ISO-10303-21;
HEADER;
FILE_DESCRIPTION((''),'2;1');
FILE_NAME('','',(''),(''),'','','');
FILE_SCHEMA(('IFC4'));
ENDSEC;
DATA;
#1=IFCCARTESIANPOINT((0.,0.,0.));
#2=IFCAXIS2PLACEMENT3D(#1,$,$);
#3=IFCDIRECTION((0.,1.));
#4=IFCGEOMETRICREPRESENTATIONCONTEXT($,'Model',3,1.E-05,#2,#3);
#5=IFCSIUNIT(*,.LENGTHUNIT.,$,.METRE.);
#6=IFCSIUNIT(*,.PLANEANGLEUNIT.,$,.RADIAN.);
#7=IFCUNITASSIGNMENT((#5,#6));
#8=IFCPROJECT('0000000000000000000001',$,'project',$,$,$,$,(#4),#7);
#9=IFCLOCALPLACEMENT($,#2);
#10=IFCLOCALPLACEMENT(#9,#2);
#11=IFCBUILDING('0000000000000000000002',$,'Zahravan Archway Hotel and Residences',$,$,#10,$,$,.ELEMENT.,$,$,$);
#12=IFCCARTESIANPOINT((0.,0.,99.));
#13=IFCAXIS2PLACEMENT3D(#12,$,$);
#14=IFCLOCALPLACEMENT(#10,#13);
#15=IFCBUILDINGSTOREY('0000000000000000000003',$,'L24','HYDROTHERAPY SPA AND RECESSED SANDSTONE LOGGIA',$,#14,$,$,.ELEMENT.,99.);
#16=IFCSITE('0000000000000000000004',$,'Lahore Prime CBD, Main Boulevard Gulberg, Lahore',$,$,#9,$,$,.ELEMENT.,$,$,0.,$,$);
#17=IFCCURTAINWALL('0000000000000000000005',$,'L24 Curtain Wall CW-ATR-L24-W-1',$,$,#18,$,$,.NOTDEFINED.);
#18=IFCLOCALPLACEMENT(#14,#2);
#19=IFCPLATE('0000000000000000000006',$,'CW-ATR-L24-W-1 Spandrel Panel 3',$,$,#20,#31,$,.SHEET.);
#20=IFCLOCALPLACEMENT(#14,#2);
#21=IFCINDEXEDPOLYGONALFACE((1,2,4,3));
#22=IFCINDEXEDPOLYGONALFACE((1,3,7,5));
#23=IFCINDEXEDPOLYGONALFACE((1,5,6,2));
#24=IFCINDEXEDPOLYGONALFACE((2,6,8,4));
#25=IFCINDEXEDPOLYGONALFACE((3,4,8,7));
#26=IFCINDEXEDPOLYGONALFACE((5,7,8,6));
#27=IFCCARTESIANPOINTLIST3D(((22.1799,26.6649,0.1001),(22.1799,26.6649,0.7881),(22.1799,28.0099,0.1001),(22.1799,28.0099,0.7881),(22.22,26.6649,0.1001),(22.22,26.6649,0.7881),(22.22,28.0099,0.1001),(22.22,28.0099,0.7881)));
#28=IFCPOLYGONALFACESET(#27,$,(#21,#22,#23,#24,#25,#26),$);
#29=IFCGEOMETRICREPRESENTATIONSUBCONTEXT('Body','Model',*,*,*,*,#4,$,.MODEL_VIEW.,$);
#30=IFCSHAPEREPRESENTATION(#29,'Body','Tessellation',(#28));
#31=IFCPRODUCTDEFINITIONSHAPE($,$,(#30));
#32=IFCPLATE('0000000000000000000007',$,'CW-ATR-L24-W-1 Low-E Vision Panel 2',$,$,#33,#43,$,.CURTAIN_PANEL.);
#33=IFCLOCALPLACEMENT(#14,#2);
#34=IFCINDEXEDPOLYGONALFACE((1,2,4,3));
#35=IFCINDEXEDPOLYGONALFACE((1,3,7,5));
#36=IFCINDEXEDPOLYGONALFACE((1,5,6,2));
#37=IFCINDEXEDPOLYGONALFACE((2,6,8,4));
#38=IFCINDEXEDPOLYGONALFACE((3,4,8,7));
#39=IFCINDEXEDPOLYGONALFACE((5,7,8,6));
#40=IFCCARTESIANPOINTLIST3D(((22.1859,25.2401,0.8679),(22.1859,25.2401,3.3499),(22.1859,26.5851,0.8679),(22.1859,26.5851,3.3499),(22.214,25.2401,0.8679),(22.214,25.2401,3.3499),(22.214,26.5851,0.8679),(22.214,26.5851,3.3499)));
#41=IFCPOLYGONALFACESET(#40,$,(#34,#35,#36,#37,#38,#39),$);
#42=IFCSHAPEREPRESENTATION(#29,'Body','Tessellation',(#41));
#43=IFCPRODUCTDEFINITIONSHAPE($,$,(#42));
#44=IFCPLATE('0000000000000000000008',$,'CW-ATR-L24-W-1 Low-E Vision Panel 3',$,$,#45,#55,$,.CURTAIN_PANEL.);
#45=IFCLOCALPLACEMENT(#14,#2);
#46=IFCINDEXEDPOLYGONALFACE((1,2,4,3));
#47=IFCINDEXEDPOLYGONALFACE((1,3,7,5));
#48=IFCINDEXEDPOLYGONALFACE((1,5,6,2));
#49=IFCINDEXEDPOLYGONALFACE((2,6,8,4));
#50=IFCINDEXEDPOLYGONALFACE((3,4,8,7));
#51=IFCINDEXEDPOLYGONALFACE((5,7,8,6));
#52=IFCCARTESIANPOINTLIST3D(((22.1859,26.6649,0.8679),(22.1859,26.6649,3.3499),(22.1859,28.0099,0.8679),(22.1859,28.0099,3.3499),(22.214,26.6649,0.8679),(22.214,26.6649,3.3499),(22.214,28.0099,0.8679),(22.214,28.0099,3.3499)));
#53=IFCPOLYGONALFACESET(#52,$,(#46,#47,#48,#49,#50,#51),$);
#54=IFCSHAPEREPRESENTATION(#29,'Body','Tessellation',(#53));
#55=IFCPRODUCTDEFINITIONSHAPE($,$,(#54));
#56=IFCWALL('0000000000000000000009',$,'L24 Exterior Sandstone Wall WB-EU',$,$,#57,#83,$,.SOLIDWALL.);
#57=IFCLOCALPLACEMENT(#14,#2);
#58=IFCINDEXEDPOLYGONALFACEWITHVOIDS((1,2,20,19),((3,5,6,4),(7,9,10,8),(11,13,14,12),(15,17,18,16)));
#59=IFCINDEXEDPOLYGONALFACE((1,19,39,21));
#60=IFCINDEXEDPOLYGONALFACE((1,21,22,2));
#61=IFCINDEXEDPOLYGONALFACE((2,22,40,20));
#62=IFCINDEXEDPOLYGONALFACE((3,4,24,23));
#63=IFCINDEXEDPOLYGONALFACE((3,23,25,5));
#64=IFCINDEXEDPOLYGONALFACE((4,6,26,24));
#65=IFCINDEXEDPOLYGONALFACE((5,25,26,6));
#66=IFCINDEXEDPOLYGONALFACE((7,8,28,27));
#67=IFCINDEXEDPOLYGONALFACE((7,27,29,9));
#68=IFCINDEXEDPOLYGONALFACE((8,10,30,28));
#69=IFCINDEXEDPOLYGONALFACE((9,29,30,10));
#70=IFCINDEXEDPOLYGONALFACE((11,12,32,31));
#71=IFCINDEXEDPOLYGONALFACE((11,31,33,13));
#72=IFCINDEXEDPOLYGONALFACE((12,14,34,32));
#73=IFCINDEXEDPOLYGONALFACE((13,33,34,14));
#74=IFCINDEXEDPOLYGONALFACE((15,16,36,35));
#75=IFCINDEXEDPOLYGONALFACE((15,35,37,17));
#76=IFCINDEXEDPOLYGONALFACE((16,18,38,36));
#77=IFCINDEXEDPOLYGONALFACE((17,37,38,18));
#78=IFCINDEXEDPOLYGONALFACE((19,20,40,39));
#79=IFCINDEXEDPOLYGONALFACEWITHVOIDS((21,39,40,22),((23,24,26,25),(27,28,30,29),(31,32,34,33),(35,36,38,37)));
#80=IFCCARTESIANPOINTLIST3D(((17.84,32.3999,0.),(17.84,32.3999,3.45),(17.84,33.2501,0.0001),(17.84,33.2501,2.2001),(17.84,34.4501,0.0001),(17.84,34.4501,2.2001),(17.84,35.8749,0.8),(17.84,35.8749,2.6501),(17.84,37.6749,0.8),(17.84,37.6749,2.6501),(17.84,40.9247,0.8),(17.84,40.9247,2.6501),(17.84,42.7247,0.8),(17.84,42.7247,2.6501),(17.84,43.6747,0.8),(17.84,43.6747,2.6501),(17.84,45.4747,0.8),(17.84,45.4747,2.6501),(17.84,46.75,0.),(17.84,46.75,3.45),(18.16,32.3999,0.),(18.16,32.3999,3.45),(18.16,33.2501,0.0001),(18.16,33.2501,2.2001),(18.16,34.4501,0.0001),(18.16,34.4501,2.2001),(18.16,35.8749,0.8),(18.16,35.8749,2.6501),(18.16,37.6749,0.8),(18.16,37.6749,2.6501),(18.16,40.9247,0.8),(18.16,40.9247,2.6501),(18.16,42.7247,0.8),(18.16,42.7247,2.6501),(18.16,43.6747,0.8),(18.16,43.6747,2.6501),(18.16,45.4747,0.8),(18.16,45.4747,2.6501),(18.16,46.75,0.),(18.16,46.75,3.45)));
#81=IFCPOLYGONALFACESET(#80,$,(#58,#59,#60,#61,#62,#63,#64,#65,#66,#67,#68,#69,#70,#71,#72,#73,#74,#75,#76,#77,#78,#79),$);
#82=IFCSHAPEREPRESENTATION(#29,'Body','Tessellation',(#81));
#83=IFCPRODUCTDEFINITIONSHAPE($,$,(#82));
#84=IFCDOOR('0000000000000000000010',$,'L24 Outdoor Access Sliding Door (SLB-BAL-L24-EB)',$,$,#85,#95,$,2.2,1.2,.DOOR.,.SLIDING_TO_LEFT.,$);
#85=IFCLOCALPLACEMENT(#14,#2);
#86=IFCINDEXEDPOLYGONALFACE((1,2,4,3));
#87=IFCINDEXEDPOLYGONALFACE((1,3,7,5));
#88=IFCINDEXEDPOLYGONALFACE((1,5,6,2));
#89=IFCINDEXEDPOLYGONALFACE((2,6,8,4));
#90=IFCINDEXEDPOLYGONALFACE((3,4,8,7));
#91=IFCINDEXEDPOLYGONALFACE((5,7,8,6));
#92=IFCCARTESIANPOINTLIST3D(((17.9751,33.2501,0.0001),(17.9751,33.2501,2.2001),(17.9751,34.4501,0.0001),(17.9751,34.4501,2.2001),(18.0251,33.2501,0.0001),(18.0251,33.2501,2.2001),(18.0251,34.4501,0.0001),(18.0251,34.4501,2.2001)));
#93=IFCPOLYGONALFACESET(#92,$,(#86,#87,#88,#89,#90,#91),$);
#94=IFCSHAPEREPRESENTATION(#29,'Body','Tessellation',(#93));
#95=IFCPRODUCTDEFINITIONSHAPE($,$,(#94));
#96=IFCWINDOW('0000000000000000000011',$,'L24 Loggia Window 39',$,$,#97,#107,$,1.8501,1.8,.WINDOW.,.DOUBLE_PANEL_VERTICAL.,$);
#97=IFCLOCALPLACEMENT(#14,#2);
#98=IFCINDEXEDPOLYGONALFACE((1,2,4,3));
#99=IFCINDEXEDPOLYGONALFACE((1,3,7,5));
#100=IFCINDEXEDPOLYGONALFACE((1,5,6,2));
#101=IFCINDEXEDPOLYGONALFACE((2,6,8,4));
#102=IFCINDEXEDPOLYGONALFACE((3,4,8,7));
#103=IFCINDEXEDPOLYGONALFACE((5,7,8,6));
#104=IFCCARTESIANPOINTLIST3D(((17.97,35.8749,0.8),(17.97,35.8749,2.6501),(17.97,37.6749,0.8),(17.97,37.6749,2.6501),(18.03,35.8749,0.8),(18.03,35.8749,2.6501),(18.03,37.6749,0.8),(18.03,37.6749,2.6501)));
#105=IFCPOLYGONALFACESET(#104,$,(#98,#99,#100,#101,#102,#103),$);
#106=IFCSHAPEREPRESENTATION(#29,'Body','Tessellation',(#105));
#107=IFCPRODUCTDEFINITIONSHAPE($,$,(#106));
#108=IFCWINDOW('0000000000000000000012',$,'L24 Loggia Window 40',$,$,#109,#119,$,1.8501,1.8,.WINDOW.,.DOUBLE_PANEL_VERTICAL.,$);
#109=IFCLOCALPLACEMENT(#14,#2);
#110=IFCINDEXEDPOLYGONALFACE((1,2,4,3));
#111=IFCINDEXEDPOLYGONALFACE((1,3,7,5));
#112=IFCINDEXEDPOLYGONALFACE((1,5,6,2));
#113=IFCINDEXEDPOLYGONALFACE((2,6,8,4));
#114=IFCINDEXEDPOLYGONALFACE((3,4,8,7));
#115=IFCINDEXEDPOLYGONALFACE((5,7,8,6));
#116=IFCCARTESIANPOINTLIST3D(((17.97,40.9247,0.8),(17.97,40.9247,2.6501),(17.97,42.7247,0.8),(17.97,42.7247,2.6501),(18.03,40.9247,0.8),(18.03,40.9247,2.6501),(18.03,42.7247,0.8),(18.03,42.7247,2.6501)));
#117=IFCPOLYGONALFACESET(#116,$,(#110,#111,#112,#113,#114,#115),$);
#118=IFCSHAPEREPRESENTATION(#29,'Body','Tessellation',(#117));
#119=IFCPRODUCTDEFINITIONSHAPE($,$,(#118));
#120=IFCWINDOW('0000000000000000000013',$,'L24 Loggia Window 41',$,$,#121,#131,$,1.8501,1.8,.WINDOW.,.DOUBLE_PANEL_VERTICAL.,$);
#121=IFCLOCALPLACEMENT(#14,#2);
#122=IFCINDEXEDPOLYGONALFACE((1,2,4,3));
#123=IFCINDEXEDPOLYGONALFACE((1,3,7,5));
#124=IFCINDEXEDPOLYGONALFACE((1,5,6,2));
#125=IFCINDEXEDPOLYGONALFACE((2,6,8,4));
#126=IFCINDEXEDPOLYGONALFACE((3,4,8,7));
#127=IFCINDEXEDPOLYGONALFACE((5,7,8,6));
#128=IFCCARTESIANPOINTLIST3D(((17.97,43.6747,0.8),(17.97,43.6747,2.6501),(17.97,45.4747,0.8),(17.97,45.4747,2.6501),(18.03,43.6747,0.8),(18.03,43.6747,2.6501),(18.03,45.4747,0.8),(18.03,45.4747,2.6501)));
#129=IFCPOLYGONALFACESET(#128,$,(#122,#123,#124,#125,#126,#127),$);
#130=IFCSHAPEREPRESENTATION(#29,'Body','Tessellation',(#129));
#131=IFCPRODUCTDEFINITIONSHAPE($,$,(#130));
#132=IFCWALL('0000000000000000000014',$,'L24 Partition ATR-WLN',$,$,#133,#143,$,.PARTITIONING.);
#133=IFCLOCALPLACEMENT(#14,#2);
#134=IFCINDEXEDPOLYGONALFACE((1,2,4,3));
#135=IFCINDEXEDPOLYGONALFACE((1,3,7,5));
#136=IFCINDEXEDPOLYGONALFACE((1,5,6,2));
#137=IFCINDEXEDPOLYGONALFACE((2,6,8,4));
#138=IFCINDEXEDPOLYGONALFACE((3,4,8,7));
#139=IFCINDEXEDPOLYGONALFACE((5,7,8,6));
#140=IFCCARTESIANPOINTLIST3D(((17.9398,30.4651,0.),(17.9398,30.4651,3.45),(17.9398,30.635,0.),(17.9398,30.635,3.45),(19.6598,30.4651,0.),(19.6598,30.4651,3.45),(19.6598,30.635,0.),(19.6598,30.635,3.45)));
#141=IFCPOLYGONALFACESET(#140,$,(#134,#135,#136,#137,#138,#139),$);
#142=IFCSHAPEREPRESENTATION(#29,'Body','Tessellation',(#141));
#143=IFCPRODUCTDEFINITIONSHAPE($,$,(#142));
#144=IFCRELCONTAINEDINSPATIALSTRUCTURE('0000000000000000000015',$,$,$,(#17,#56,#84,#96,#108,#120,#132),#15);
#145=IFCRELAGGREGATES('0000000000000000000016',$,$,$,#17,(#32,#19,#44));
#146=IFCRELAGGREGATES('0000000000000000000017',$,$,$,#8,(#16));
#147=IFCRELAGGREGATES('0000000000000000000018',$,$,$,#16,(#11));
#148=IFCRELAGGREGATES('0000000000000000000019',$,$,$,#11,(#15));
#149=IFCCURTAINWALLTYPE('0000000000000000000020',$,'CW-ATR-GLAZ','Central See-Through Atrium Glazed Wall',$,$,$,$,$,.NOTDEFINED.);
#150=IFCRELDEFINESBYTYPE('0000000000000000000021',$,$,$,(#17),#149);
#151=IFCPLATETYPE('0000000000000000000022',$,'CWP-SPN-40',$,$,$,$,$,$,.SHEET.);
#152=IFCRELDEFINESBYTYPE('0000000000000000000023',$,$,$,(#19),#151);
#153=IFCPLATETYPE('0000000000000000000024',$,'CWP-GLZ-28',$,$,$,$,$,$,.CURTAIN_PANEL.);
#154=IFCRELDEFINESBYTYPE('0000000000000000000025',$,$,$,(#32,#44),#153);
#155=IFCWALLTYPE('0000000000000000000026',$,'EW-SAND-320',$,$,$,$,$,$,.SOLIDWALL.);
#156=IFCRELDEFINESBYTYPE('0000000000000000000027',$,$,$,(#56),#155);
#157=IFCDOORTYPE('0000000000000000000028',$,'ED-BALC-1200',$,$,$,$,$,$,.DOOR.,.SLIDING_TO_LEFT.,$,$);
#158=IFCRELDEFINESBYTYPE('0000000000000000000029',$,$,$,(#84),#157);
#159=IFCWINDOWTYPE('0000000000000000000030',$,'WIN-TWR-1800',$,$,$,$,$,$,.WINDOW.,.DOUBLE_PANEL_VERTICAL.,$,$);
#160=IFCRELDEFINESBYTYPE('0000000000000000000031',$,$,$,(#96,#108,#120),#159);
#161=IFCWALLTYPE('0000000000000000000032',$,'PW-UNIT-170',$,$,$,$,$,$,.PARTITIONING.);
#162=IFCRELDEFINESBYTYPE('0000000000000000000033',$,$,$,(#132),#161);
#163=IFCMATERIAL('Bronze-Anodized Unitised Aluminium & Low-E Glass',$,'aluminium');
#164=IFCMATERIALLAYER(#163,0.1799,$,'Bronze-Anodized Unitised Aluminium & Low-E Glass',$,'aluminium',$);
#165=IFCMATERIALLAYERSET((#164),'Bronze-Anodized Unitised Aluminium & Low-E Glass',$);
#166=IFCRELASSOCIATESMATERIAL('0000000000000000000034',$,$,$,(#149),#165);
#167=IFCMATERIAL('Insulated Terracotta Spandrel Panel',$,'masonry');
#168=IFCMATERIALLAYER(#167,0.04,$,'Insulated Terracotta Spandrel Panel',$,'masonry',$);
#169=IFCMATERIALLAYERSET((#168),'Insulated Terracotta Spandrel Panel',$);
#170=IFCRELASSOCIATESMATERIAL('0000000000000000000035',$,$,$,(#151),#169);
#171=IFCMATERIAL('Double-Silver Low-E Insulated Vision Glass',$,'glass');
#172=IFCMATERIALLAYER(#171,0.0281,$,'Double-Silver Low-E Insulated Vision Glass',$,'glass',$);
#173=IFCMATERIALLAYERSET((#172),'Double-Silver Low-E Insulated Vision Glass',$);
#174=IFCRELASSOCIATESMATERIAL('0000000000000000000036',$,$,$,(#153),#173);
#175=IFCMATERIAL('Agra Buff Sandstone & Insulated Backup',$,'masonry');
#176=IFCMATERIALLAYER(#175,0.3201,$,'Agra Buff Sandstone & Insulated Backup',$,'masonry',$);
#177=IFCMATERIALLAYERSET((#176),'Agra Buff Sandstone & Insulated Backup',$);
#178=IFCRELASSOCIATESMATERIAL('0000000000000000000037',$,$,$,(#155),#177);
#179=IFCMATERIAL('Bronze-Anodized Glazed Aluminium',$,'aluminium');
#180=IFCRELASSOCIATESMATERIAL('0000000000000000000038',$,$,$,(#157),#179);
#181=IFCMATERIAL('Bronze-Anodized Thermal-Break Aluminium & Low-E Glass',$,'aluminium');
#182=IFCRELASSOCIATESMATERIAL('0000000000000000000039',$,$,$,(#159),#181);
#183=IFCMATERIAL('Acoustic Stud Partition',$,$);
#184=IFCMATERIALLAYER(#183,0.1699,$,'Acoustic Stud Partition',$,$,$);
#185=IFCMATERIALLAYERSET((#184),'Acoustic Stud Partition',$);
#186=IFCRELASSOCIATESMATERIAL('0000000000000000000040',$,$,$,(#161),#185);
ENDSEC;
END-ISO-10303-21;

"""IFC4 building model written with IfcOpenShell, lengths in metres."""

from ifc_helpers import new_model, si_unit, direction, frame, frame_2d, origin, origin_2d, place, context, subcontext, project, spatial, rectangle, extrude, source, transform, mapped, material, layer, layer_set, type_object, type_shapes, element, fill, aggregate, save


model = new_model("IFC4")

# Units and contexts
model_context = context("Model", 3, precision=1e-05, world=origin(), true_north=direction((0.0, 1.0)))
body_context = subcontext(model_context, "Body", "Model", "MODEL_VIEW")
ifc_project = project(units=[si_unit("LENGTHUNIT", "METRE"), si_unit("PLANEANGLEUNIT", "RADIAN")], contexts=[model_context])

# Site, building, storey
site_placement = place(None, origin())
site = spatial("IfcSite", under=ifc_project, at=site_placement, Name="Lahore Prime CBD, Main Boulevard Gulberg, Lahore", CompositionType="ELEMENT", RefElevation=0.0)
building_placement = place(site_placement, origin())
building = spatial("IfcBuilding", under=site, at=building_placement, Name="Zahravan Archway Hotel and Residences", CompositionType="ELEMENT")
storey_placement = place(building_placement, frame((0.0, 0.0, 99.0)))
storey = spatial("IfcBuildingStorey", under=building, at=storey_placement, Name="L24", Description="HYDROTHERAPY SPA AND RECESSED SANDSTONE LOGGIA", CompositionType="ELEMENT", Elevation=99.0)

# Curtain wall
ifc_material_1 = material(Name="Bronze-Anodized Unitised Aluminium & Low-E Glass", Category="aluminium")
ifc_layer_1 = layer(ifc_material_1, 0.1799, Name="Bronze-Anodized Unitised Aluminium & Low-E Glass", Category="aluminium")
ifc_layer_set_1 = layer_set([ifc_layer_1], Name="Bronze-Anodized Unitised Aluminium & Low-E Glass")
curtain_wall_type_1 = type_object("IfcCurtainWallType", Name="CW-ATR-GLAZ", Description="Central See-Through Atrium Glazed Wall", PredefinedType="NOTDEFINED", material=ifc_layer_set_1)
curtain_wall_1_placement = place(storey_placement, origin())
curtain_wall_1 = element("IfcCurtainWall", 1, at=curtain_wall_1_placement, inside=storey, type_object=curtain_wall_type_1, Name="L24 Curtain Wall CW-ATR-L24-W-1", PredefinedType="NOTDEFINED")

# Plates
ifc_material_2 = material(Name="Insulated Terracotta Spandrel Panel", Category="masonry")
ifc_layer_2 = layer(ifc_material_2, 0.04, Name="Insulated Terracotta Spandrel Panel", Category="masonry")
ifc_layer_set_2 = layer_set([ifc_layer_2], Name="Insulated Terracotta Spandrel Panel")
plate_type_1 = type_object("IfcPlateType", Name="CWP-SPN-40", PredefinedType="SHEET", material=ifc_layer_set_2)
ifc_material_3 = material(Name="Double-Silver Low-E Insulated Vision Glass", Category="glass")
ifc_layer_3 = layer(ifc_material_3, 0.0281, Name="Double-Silver Low-E Insulated Vision Glass", Category="glass")
ifc_layer_set_3 = layer_set([ifc_layer_3], Name="Double-Silver Low-E Insulated Vision Glass")
plate_type_2 = type_object("IfcPlateType", Name="CWP-GLZ-28", PredefinedType="CURTAIN_PANEL", material=ifc_layer_set_3)
shared_shape_1 = source(origin(), body_context, "Body", "SweptSolid", [
    extrude(rectangle(XDim=1.345, YDim=0.04, at=origin_2d()), origin(), (0.0, 0.0, 1.0), 0.688),
])
plate_1_placement = place(storey_placement, frame((22.2, 27.3374, 0.1001), z_axis=(0.0, 0.0, 1.0), x_axis=(0.0, 1.0, 0.0)))
plate_1 = element("IfcPlate", 2, at=plate_1_placement, type_object=plate_type_1, Name="CW-ATR-L24-W-1 Spandrel Panel 3", PredefinedType="SHEET", context=body_context, shape_type="MappedRepresentation", body=[
    mapped(shared_shape_1, transform((0.0, 0.0, 0.0), scale=1.0)),
])
shared_shape_2 = source(origin(), body_context, "Body", "SweptSolid", [
    extrude(rectangle(XDim=1.345, YDim=0.0281, at=origin_2d()), origin(), (0.0, 0.0, 1.0), 2.4819),
])
plate_2_placement = place(storey_placement, frame((22.2, 25.9126, 0.8679), z_axis=(0.0, 0.0, 1.0), x_axis=(0.0, 1.0, 0.0)))
plate_2 = element("IfcPlate", 3, at=plate_2_placement, type_object=plate_type_2, Name="CW-ATR-L24-W-1 Low-E Vision Panel 2", PredefinedType="CURTAIN_PANEL", context=body_context, shape_type="MappedRepresentation", body=[
    mapped(shared_shape_2, transform((0.0, 0.0, 0.0), scale=1.0)),
])
plate_3_placement = place(storey_placement, frame((22.2, 27.3374, 0.8679), z_axis=(0.0, 0.0, 1.0), x_axis=(0.0, 1.0, 0.0)))
plate_3 = element("IfcPlate", 4, at=plate_3_placement, type_object=plate_type_2, Name="CW-ATR-L24-W-1 Low-E Vision Panel 3", PredefinedType="CURTAIN_PANEL", context=body_context, shape_type="MappedRepresentation", body=[
    mapped(shared_shape_2, transform((0.0, 0.0, 0.0), scale=1.0)),
])
aggregate(curtain_wall_1, [plate_2, plate_1, plate_3])

# Wall, openings, door, windows
ifc_material_4 = material(Name="Agra Buff Sandstone & Insulated Backup", Category="masonry")
ifc_layer_4 = layer(ifc_material_4, 0.3201, Name="Agra Buff Sandstone & Insulated Backup", Category="masonry")
ifc_layer_set_4 = layer_set([ifc_layer_4], Name="Agra Buff Sandstone & Insulated Backup")
wall_type_1 = type_object("IfcWallType", Name="EW-SAND-320", PredefinedType="SOLIDWALL", material=ifc_layer_set_4)
wall_1_placement = place(storey_placement, frame((18.0, 32.3999, 0.0), z_axis=(0.0, 0.0, 1.0), x_axis=(0.0, 1.0, 0.0)))
wall_1 = element("IfcWall", 5, at=wall_1_placement, inside=storey, type_object=wall_type_1, Name="L24 Exterior Sandstone Wall WB-EU", PredefinedType="SOLIDWALL", context=body_context, shape_type="SweptSolid", body=[
    extrude(rectangle(XDim=14.3501, YDim=0.3201, at=frame_2d((7.175, 0.0))), origin(), (0.0, 0.0, 1.0), 3.45),
])
opening_1_placement = place(wall_1_placement, frame((0.8501, 0.0, 0.0)))
opening_1 = element("IfcOpeningElement", 6, at=opening_1_placement, cuts=wall_1, PredefinedType="OPENING", context=body_context, shape_type="SweptSolid", body=[
    extrude(rectangle(XDim=1.2, YDim=2.2, at=frame_2d((0.6001, 1.1001))), frame((0.0, 0.1699, 0.0), z_axis=(0.0, -1.0, 0.0), x_axis=(1.0, 0.0, 0.0)), (0.0, 0.0, 1.0), 0.3401),
])
opening_2_placement = place(wall_1_placement, frame((3.4751, 0.0, 0.8)))
opening_2 = element("IfcOpeningElement", 7, at=opening_2_placement, cuts=wall_1, PredefinedType="OPENING", context=body_context, shape_type="SweptSolid", body=[
    extrude(rectangle(XDim=1.8, YDim=1.8501, at=frame_2d((0.8999, 0.925))), frame((0.0, 0.1699, 0.0), z_axis=(0.0, -1.0, 0.0), x_axis=(1.0, 0.0, 0.0)), (0.0, 0.0, 1.0), 0.3401),
])
opening_3_placement = place(wall_1_placement, frame((8.5249, 0.0, 0.8)))
opening_3 = element("IfcOpeningElement", 8, at=opening_3_placement, cuts=wall_1, PredefinedType="OPENING", context=body_context, shape_type="SweptSolid", body=[
    extrude(rectangle(XDim=1.8, YDim=1.8501, at=frame_2d((0.8999, 0.925))), frame((0.0, 0.1699, 0.0), z_axis=(0.0, -1.0, 0.0), x_axis=(1.0, 0.0, 0.0)), (0.0, 0.0, 1.0), 0.3401),
])
opening_4_placement = place(wall_1_placement, frame((11.2749, 0.0, 0.8)))
opening_4 = element("IfcOpeningElement", 9, at=opening_4_placement, cuts=wall_1, PredefinedType="OPENING", context=body_context, shape_type="SweptSolid", body=[
    extrude(rectangle(XDim=1.8, YDim=1.8501, at=frame_2d((0.8999, 0.925))), frame((0.0, 0.1699, 0.0), z_axis=(0.0, -1.0, 0.0), x_axis=(1.0, 0.0, 0.0)), (0.0, 0.0, 1.0), 0.3401),
])
ifc_material_5 = material(Name="Bronze-Anodized Glazed Aluminium", Category="aluminium")
door_type = type_object("IfcDoorType", Name="ED-BALC-1200", OperationType="SLIDING_TO_LEFT", PredefinedType="DOOR", material=ifc_material_5)
shared_shape_3 = source(origin(), body_context, "Body", "SweptSolid", [
    extrude(rectangle(XDim=1.2, YDim=2.2, at=frame_2d((0.6001, 1.1001))), frame((0.0, 0.0249, 0.0), z_axis=(0.0, -1.0, 0.0), x_axis=(1.0, 0.0, 0.0)), (0.0, 0.0, 1.0), 0.05),
])
type_shapes(door_type, [shared_shape_3])
door_placement = place(opening_1_placement, origin())
door = element("IfcDoor", 10, at=door_placement, inside=storey, type_object=door_type, Name="L24 Outdoor Access Sliding Door (SLB-BAL-L24-EB)", OperationType="SLIDING_TO_LEFT", OverallHeight=2.2, OverallWidth=1.2, PredefinedType="DOOR", context=body_context, shape_type="MappedRepresentation", body=[
    mapped(shared_shape_3, transform((0.0, 0.0, 0.0), scale=1.0)),
])
fill(opening_1, door)
ifc_material_6 = material(Name="Bronze-Anodized Thermal-Break Aluminium & Low-E Glass", Category="aluminium")
window_type = type_object("IfcWindowType", Name="WIN-TWR-1800", PartitioningType="DOUBLE_PANEL_VERTICAL", PredefinedType="WINDOW", material=ifc_material_6)
shared_shape_4 = source(origin(), body_context, "Body", "SweptSolid", [
    extrude(rectangle(XDim=1.8, YDim=1.8501, at=frame_2d((0.8999, 0.925))), frame((0.0, 0.03, 0.0), z_axis=(0.0, -1.0, 0.0), x_axis=(1.0, 0.0, 0.0)), (0.0, 0.0, 1.0), 0.0601),
])
type_shapes(window_type, [shared_shape_4])
window_1_placement = place(opening_2_placement, origin())
window_1 = element("IfcWindow", 11, at=window_1_placement, inside=storey, type_object=window_type, Name="L24 Loggia Window 39", OverallHeight=1.8501, OverallWidth=1.8, PartitioningType="DOUBLE_PANEL_VERTICAL", PredefinedType="WINDOW", context=body_context, shape_type="MappedRepresentation", body=[
    mapped(shared_shape_4, transform((0.0, 0.0, 0.0), scale=1.0)),
])
fill(opening_2, window_1)
window_2_placement = place(opening_3_placement, origin())
window_2 = element("IfcWindow", 12, at=window_2_placement, inside=storey, type_object=window_type, Name="L24 Loggia Window 40", OverallHeight=1.8501, OverallWidth=1.8, PartitioningType="DOUBLE_PANEL_VERTICAL", PredefinedType="WINDOW", context=body_context, shape_type="MappedRepresentation", body=[
    mapped(shared_shape_4, transform((0.0, 0.0, 0.0), scale=1.0)),
])
fill(opening_3, window_2)
window_3_placement = place(opening_4_placement, origin())
window_3 = element("IfcWindow", 13, at=window_3_placement, inside=storey, type_object=window_type, Name="L24 Loggia Window 41", OverallHeight=1.8501, OverallWidth=1.8, PartitioningType="DOUBLE_PANEL_VERTICAL", PredefinedType="WINDOW", context=body_context, shape_type="MappedRepresentation", body=[
    mapped(shared_shape_4, transform((0.0, 0.0, 0.0), scale=1.0)),
])
fill(opening_4, window_3)

# Wall
ifc_material_7 = material(Name="Acoustic Stud Partition")
ifc_layer_5 = layer(ifc_material_7, 0.1699, Name="Acoustic Stud Partition")
ifc_layer_set_5 = layer_set([ifc_layer_5], Name="Acoustic Stud Partition")
wall_type_2 = type_object("IfcWallType", Name="PW-UNIT-170", PredefinedType="PARTITIONING", material=ifc_layer_set_5)
wall_2_placement = place(storey_placement, frame((17.9399, 30.55, 0.0), z_axis=(0.0, 0.0, 1.0), x_axis=(1.0, 0.0, 0.0)))
element("IfcWall", 14, at=wall_2_placement, inside=storey, type_object=wall_type_2, Name="L24 Partition ATR-WLN", PredefinedType="PARTITIONING", context=body_context, shape_type="SweptSolid", body=[
    extrude(rectangle(XDim=1.72, YDim=0.1699, at=frame_2d((0.8599, 0.0))), origin(), (0.0, 0.0, 1.0), 3.45),
])

save(model, "model.ifc")
